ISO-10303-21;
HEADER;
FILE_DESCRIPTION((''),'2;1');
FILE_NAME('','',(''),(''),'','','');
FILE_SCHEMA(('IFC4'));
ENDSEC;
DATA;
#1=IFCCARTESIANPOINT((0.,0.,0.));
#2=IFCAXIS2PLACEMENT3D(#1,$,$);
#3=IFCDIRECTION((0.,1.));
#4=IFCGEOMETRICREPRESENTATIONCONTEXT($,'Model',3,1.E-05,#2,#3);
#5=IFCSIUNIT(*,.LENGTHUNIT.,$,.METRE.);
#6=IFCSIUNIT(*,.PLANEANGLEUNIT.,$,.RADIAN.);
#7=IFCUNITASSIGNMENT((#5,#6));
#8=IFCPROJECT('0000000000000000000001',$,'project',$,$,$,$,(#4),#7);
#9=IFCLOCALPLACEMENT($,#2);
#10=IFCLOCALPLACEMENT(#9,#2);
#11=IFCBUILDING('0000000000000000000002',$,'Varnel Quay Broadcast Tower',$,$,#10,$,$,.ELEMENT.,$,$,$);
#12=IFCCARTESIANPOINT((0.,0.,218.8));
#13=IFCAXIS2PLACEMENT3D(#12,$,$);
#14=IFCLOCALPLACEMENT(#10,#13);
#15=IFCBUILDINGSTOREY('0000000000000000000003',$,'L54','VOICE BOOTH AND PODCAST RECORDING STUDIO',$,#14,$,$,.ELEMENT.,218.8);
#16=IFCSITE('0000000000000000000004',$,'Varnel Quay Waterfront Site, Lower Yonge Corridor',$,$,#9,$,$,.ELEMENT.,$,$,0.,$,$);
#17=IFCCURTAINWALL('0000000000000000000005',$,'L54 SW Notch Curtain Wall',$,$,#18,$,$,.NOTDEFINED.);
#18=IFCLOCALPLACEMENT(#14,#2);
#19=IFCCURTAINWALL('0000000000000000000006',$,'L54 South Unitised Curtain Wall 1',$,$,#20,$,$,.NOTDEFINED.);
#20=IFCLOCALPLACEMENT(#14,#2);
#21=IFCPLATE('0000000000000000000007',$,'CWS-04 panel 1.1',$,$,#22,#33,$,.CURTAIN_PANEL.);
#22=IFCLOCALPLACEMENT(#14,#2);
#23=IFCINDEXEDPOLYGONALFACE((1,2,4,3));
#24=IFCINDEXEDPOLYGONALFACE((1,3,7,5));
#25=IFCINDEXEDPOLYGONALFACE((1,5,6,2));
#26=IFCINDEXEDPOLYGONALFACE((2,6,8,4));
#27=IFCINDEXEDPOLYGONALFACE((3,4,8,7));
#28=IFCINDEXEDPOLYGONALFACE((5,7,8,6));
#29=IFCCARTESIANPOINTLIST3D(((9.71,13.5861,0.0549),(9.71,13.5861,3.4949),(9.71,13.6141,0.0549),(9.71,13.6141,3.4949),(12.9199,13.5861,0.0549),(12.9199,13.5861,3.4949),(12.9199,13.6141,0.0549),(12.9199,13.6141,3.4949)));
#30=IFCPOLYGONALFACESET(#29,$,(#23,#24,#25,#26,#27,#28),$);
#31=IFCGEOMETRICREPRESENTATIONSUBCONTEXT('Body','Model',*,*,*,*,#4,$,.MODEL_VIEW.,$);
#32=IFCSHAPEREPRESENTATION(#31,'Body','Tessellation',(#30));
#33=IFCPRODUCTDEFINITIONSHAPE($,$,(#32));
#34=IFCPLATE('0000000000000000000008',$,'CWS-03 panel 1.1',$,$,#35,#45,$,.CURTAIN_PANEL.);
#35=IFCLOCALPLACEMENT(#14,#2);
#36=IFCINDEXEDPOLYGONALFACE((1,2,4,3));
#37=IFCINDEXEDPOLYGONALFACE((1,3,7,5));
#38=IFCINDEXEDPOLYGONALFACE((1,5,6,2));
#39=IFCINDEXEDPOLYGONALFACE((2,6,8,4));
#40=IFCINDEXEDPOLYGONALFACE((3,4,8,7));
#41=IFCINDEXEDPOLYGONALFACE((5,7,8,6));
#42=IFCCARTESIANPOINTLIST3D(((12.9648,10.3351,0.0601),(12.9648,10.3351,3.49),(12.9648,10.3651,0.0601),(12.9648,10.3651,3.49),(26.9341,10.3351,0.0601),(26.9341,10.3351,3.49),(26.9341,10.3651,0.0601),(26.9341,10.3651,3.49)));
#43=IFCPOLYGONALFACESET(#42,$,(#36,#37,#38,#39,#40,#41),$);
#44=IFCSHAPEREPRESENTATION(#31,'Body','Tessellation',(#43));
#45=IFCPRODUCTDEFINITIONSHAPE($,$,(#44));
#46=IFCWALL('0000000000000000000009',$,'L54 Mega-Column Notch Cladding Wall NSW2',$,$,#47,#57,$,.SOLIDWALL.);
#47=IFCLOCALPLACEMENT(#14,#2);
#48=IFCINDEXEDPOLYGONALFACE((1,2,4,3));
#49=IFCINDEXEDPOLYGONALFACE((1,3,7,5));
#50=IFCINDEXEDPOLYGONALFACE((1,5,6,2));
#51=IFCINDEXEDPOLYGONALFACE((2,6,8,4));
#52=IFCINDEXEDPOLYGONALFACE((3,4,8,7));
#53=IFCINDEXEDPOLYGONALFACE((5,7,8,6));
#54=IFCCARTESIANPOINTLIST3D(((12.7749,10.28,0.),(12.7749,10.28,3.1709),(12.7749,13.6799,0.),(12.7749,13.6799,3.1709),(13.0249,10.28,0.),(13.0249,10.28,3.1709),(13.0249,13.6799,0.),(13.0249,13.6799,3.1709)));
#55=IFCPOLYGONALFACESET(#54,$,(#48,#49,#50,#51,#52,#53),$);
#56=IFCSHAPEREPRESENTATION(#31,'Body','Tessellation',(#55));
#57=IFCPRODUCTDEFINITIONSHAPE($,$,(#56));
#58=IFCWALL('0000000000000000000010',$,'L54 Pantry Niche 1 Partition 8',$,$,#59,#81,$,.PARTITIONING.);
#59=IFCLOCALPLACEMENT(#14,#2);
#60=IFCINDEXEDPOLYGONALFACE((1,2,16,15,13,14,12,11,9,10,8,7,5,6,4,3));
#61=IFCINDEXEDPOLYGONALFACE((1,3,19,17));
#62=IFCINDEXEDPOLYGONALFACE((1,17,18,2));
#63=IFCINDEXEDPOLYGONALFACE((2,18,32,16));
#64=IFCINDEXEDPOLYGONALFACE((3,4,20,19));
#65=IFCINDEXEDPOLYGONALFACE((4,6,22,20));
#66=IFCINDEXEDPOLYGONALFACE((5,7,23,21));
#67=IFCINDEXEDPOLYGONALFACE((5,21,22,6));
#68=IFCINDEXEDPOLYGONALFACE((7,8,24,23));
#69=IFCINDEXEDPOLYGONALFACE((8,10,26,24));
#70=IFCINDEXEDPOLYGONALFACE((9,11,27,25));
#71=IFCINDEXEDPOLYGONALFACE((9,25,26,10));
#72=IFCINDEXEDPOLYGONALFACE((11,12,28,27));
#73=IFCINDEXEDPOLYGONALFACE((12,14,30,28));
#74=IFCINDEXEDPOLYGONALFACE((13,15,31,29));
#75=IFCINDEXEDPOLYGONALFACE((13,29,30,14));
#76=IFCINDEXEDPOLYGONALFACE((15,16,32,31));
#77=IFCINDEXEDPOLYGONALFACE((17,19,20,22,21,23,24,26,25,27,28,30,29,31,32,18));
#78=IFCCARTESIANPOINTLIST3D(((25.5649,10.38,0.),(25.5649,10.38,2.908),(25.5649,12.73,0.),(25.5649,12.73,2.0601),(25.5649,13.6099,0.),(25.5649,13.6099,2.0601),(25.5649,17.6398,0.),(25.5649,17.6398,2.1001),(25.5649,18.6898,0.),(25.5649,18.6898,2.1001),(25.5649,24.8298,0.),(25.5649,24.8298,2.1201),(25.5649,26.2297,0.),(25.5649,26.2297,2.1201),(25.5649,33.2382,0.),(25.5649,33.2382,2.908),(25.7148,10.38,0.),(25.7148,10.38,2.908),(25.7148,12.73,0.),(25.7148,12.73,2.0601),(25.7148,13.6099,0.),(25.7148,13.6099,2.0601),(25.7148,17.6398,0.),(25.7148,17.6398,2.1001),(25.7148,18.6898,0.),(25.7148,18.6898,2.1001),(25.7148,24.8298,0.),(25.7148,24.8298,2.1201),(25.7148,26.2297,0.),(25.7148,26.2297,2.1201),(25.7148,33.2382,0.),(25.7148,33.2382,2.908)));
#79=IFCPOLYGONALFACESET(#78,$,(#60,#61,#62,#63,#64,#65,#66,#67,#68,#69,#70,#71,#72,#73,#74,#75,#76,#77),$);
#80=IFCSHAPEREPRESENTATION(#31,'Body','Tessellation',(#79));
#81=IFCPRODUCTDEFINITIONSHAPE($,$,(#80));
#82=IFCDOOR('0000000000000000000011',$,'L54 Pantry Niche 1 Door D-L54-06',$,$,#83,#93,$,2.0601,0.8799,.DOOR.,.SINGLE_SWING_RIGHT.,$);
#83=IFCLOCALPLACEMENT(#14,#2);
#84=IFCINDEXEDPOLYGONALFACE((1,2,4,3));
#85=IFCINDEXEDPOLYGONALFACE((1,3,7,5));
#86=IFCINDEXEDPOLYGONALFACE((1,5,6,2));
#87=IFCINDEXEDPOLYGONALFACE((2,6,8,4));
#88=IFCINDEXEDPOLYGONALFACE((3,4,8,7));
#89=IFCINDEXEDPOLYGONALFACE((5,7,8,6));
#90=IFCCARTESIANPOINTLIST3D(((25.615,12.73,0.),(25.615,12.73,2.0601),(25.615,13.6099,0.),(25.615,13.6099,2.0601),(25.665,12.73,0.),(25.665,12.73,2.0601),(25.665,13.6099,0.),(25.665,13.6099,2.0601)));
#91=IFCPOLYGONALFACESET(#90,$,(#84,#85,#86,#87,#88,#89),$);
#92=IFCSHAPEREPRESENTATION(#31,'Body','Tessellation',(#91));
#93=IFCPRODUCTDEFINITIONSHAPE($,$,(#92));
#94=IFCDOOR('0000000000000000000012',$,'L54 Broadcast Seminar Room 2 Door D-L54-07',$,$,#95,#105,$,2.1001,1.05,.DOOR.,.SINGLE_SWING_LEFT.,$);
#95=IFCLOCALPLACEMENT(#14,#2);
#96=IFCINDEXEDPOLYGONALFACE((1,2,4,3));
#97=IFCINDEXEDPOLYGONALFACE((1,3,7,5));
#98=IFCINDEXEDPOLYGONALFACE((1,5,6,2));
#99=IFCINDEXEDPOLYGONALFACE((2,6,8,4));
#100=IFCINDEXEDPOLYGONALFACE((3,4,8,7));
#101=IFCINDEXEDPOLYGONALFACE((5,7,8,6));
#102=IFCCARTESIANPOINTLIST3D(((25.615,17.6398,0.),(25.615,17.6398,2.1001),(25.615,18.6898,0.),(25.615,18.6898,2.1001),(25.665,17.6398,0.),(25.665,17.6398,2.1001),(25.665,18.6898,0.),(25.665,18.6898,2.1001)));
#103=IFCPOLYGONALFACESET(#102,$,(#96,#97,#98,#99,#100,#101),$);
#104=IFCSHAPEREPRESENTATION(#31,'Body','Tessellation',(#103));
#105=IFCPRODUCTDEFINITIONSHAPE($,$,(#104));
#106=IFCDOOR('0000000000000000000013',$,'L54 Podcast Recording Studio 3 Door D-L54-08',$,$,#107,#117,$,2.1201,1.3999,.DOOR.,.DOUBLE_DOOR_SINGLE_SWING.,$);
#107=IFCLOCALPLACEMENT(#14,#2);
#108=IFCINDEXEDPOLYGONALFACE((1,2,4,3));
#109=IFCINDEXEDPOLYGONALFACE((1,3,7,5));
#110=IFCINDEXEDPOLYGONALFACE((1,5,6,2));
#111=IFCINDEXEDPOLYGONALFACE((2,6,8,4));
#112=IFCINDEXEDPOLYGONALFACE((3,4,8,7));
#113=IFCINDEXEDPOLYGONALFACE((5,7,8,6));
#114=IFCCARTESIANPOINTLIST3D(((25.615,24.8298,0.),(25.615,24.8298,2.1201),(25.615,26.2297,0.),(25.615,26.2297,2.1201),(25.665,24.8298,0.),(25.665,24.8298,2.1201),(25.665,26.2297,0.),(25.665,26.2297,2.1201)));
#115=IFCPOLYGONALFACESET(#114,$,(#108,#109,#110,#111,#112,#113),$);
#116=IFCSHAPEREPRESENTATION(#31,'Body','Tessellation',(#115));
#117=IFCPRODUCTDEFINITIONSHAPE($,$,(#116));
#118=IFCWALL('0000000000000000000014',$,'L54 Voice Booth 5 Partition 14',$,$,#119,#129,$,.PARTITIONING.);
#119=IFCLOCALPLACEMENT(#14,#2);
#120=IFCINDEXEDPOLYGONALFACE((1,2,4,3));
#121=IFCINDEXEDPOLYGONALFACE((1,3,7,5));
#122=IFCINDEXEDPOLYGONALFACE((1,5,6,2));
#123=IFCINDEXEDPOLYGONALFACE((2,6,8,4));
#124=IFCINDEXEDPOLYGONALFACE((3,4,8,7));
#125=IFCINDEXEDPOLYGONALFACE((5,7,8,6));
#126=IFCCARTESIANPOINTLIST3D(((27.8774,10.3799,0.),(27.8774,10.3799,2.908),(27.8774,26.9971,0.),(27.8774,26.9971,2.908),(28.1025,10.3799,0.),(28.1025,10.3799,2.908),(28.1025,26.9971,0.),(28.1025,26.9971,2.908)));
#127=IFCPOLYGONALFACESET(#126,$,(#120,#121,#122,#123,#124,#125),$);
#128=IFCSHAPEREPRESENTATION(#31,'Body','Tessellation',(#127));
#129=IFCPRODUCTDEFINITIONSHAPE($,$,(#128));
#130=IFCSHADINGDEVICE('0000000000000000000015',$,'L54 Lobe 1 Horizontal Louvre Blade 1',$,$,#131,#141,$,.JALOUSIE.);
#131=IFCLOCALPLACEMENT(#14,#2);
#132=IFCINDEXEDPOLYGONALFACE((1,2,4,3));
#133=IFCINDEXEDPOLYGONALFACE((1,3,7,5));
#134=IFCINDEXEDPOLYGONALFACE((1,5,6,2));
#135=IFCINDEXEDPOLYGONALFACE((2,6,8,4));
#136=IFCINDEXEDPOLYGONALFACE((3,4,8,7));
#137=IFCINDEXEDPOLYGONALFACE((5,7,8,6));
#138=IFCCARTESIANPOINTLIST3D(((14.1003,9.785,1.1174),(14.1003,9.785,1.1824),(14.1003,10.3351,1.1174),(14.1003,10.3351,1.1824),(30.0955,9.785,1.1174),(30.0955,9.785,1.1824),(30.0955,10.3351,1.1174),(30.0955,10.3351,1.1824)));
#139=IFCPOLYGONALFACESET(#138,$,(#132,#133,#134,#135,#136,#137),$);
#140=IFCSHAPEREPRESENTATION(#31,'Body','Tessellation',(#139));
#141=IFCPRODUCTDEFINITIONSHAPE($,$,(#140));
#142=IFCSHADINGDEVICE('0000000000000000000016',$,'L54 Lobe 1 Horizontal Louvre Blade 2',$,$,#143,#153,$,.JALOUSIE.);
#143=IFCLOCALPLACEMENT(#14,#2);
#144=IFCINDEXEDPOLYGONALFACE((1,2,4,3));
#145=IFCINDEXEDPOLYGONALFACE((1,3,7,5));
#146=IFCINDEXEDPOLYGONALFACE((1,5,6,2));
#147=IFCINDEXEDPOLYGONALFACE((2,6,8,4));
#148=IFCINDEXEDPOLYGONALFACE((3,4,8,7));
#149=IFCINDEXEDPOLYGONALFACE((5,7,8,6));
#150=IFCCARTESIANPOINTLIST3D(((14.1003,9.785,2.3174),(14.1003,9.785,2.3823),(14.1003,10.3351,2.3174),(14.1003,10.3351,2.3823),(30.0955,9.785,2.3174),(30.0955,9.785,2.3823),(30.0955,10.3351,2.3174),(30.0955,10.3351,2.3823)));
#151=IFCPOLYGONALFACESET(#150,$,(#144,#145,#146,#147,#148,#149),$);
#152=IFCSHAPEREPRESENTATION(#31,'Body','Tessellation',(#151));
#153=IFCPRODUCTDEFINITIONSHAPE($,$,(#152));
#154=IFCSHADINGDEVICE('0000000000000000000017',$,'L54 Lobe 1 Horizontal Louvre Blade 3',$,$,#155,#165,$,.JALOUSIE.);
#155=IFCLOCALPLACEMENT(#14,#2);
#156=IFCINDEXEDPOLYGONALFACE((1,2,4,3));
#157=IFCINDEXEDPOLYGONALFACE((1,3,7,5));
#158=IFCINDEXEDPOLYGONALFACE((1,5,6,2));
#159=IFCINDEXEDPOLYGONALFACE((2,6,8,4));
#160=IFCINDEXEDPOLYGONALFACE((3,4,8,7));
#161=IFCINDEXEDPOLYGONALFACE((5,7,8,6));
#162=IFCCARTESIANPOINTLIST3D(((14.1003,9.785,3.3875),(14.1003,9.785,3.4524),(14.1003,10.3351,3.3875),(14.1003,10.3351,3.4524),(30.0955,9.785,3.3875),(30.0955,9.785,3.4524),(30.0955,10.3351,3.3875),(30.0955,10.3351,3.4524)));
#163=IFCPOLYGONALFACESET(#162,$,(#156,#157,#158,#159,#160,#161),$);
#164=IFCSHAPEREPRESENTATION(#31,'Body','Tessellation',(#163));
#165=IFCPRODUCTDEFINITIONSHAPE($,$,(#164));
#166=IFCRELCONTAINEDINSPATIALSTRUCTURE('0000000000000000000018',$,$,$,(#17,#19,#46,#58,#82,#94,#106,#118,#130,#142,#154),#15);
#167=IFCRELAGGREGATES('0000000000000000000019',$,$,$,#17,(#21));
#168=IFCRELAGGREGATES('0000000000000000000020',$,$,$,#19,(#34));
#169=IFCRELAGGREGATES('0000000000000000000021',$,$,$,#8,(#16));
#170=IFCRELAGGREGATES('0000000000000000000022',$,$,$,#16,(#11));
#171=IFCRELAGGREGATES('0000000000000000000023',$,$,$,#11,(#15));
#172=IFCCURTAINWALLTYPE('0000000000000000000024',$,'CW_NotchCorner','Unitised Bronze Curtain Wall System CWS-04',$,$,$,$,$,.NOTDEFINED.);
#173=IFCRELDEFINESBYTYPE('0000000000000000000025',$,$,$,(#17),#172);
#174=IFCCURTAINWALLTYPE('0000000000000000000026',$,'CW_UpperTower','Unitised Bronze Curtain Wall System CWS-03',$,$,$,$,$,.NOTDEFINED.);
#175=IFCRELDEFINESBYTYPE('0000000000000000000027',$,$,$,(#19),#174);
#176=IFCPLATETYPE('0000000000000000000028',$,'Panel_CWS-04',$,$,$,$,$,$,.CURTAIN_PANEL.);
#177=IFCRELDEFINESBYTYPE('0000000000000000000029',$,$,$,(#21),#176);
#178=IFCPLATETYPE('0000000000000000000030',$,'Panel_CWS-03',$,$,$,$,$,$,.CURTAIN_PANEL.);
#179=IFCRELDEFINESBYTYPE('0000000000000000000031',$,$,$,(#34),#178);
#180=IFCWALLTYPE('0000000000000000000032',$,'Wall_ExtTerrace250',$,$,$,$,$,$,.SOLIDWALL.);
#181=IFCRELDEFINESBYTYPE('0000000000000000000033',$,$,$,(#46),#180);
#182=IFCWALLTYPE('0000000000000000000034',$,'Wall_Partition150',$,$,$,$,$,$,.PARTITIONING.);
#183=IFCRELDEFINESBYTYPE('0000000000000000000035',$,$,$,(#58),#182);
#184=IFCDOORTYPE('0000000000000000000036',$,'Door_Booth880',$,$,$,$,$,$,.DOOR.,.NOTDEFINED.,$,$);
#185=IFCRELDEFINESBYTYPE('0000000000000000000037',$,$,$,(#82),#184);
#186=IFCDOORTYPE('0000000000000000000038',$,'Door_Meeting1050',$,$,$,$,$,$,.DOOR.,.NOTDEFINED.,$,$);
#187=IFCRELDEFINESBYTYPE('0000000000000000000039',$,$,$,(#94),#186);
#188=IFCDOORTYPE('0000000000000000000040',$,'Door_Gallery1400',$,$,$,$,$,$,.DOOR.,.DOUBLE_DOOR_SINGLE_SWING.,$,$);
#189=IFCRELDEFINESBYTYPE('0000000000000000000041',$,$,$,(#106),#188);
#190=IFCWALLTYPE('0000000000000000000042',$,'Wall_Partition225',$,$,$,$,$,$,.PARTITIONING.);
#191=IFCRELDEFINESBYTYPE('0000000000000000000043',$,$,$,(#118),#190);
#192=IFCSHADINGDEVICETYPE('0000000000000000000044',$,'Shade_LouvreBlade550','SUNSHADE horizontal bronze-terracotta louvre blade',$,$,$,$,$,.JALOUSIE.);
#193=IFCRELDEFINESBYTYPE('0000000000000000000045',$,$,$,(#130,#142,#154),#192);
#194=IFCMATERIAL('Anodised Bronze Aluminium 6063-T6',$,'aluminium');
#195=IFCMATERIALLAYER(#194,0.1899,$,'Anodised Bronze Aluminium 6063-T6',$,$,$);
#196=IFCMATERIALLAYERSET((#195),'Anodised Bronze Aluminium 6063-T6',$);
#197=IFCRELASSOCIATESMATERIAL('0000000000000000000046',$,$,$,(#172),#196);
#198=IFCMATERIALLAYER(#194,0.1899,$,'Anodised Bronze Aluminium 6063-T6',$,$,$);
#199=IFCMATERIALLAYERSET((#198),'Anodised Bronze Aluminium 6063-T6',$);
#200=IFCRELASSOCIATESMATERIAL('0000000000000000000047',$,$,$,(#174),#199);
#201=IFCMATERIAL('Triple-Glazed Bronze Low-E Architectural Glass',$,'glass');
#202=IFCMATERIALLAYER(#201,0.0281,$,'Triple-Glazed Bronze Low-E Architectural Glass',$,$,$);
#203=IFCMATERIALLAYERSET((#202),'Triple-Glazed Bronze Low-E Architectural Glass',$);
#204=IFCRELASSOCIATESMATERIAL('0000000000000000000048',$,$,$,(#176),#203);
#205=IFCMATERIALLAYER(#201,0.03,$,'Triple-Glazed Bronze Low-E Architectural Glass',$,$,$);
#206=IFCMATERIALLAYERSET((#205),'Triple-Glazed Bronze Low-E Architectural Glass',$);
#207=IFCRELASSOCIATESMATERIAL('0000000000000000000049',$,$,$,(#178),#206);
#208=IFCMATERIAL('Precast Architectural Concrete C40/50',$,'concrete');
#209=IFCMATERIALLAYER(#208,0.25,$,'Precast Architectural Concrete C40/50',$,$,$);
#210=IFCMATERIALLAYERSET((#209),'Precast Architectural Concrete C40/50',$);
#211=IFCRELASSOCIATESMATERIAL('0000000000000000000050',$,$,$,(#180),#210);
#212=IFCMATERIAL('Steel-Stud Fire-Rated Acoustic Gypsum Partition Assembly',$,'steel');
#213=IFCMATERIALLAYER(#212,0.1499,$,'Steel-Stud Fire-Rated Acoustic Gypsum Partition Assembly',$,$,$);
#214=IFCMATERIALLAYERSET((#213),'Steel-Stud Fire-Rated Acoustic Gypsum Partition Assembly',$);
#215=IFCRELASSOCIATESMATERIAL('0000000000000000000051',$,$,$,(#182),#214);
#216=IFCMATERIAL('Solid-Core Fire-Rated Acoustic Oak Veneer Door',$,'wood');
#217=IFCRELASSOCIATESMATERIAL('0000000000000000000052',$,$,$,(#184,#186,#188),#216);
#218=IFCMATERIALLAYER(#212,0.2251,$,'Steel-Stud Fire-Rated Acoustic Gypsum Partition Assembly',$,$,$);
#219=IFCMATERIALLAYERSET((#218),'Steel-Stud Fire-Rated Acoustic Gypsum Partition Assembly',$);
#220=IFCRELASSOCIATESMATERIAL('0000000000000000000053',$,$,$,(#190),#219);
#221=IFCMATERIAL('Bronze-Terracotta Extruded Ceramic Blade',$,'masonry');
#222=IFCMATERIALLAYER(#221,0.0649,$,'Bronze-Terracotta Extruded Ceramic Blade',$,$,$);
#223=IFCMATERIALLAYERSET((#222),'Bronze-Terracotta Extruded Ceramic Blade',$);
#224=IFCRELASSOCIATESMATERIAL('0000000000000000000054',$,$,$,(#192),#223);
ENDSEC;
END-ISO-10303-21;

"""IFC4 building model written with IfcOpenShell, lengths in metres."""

from ifc_helpers import new_model, si_unit, direction, frame, frame_2d, origin, origin_2d, place, context, subcontext, project, spatial, rectangle, extrude, source, transform, mapped, material, layer, layer_set, type_object, type_shapes, element, fill, aggregate, save


model = new_model("IFC4")

# Units and contexts
model_context = context("Model", 3, precision=1e-05, world=origin(), true_north=direction((0.0, 1.0)))
body_context = subcontext(model_context, "Body", "Model", "MODEL_VIEW")
ifc_project = project(units=[si_unit("LENGTHUNIT", "METRE"), si_unit("PLANEANGLEUNIT", "RADIAN")], contexts=[model_context])

# Site, building, storey
site_placement = place(None, origin())
site = spatial("IfcSite", under=ifc_project, at=site_placement, Name="Varnel Quay Waterfront Site, Lower Yonge Corridor", CompositionType="ELEMENT", RefElevation=0.0)
building_placement = place(site_placement, origin())
building = spatial("IfcBuilding", under=site, at=building_placement, Name="Varnel Quay Broadcast Tower", CompositionType="ELEMENT")
storey_placement = place(building_placement, frame((0.0, 0.0, 218.8)))
storey = spatial("IfcBuildingStorey", under=building, at=storey_placement, Name="L54", Description="VOICE BOOTH AND PODCAST RECORDING STUDIO", CompositionType="ELEMENT", Elevation=218.8)

# Curtain wall
ifc_material_1 = material(Name="Anodised Bronze Aluminium 6063-T6", Category="aluminium")
ifc_layer_1 = layer(ifc_material_1, 0.1899, Name="Anodised Bronze Aluminium 6063-T6")
ifc_layer_set_1 = layer_set([ifc_layer_1], Name="Anodised Bronze Aluminium 6063-T6")
curtain_wall_type_1 = type_object("IfcCurtainWallType", Name="CW_NotchCorner", Description="Unitised Bronze Curtain Wall System CWS-04", PredefinedType="NOTDEFINED", material=ifc_layer_set_1)
curtain_wall_1_placement = place(storey_placement, origin())
curtain_wall_1 = element("IfcCurtainWall", 1, at=curtain_wall_1_placement, inside=storey, type_object=curtain_wall_type_1, Name="L54 SW Notch Curtain Wall", PredefinedType="NOTDEFINED")

# Curtain wall
ifc_layer_2 = layer(ifc_material_1, 0.1899, Name="Anodised Bronze Aluminium 6063-T6")
ifc_layer_set_2 = layer_set([ifc_layer_2], Name="Anodised Bronze Aluminium 6063-T6")
curtain_wall_type_2 = type_object("IfcCurtainWallType", Name="CW_UpperTower", Description="Unitised Bronze Curtain Wall System CWS-03", PredefinedType="NOTDEFINED", material=ifc_layer_set_2)
curtain_wall_2_placement = place(storey_placement, origin())
curtain_wall_2 = element("IfcCurtainWall", 2, at=curtain_wall_2_placement, inside=storey, type_object=curtain_wall_type_2, Name="L54 South Unitised Curtain Wall 1", PredefinedType="NOTDEFINED")

# Plates
ifc_material_2 = material(Name="Triple-Glazed Bronze Low-E Architectural Glass", Category="glass")
ifc_layer_3 = layer(ifc_material_2, 0.0281, Name="Triple-Glazed Bronze Low-E Architectural Glass")
ifc_layer_set_3 = layer_set([ifc_layer_3], Name="Triple-Glazed Bronze Low-E Architectural Glass")
plate_type_1 = type_object("IfcPlateType", Name="Panel_CWS-04", PredefinedType="CURTAIN_PANEL", material=ifc_layer_set_3)
shared_shape_1 = source(origin(), body_context, "Body", "SweptSolid", [
    extrude(rectangle(XDim=3.21, YDim=0.0281, at=origin_2d()), origin(), (0.0, 0.0, 1.0), 3.4399),
])
type_shapes(plate_type_1, [shared_shape_1])
plate_1_placement = place(storey_placement, frame((11.3149, 13.6001, 0.0549), z_axis=(0.0, 0.0, 1.0), x_axis=(1.0, 0.0, 0.0)))
plate_1 = element("IfcPlate", 3, at=plate_1_placement, type_object=plate_type_1, Name="CWS-04 panel 1.1", PredefinedType="CURTAIN_PANEL", context=body_context, shape_type="MappedRepresentation", body=[
    mapped(shared_shape_1, transform((0.0, 0.0, 0.0), x_axis=(1.0, 0.0, 0.0), y_axis=(0.0, 1.0, 0.0), z_axis=(0.0, 0.0, 1.0), scale=1.0)),
])
aggregate(curtain_wall_1, [plate_1])
ifc_layer_4 = layer(ifc_material_2, 0.03, Name="Triple-Glazed Bronze Low-E Architectural Glass")
ifc_layer_set_4 = layer_set([ifc_layer_4], Name="Triple-Glazed Bronze Low-E Architectural Glass")
plate_type_2 = type_object("IfcPlateType", Name="Panel_CWS-03", PredefinedType="CURTAIN_PANEL", material=ifc_layer_set_4)
shared_shape_2 = source(origin(), body_context, "Body", "SweptSolid", [
    extrude(rectangle(XDim=13.9692, YDim=0.03, at=origin_2d()), origin(), (0.0, 0.0, 1.0), 3.4299),
])
type_shapes(plate_type_2, [shared_shape_2])
plate_2_placement = place(storey_placement, frame((19.9495, 10.3501, 0.0601), z_axis=(0.0, 0.0, 1.0), x_axis=(1.0, 0.0, 0.0)))
plate_2 = element("IfcPlate", 4, at=plate_2_placement, type_object=plate_type_2, Name="CWS-03 panel 1.1", PredefinedType="CURTAIN_PANEL", context=body_context, shape_type="MappedRepresentation", body=[
    mapped(shared_shape_2, transform((0.0, 0.0, 0.0), x_axis=(1.0, 0.0, 0.0), y_axis=(0.0, 1.0, 0.0), z_axis=(0.0, 0.0, 1.0), scale=1.0)),
])
aggregate(curtain_wall_2, [plate_2])

# Wall
ifc_material_3 = material(Name="Precast Architectural Concrete C40/50", Category="concrete")
ifc_layer_5 = layer(ifc_material_3, 0.25, Name="Precast Architectural Concrete C40/50")
ifc_layer_set_5 = layer_set([ifc_layer_5], Name="Precast Architectural Concrete C40/50")
wall_type_1 = type_object("IfcWallType", Name="Wall_ExtTerrace250", PredefinedType="SOLIDWALL", material=ifc_layer_set_5)
wall_1_placement = place(storey_placement, frame((12.8999, 10.28, 0.0), z_axis=(0.0, 0.0, 1.0), x_axis=(0.0, 1.0, 0.0)))
element("IfcWall", 5, at=wall_1_placement, inside=storey, type_object=wall_type_1, Name="L54 Mega-Column Notch Cladding Wall NSW2", PredefinedType="SOLIDWALL", context=body_context, shape_type="SweptSolid", body=[
    extrude(rectangle(XDim=3.3999, YDim=0.25, at=frame_2d((1.7, 0.0))), origin(), (0.0, 0.0, 1.0), 3.1709),
])

# Wall, openings, doors
ifc_material_4 = material(Name="Steel-Stud Fire-Rated Acoustic Gypsum Partition Assembly", Category="steel")
ifc_layer_6 = layer(ifc_material_4, 0.1499, Name="Steel-Stud Fire-Rated Acoustic Gypsum Partition Assembly")
ifc_layer_set_6 = layer_set([ifc_layer_6], Name="Steel-Stud Fire-Rated Acoustic Gypsum Partition Assembly")
wall_type_2 = type_object("IfcWallType", Name="Wall_Partition150", PredefinedType="PARTITIONING", material=ifc_layer_set_6)
wall_2_placement = place(storey_placement, frame((25.6399, 10.3799, 0.0), z_axis=(0.0, 0.0, 1.0), x_axis=(0.0, 1.0, 0.0)))
wall_2 = element("IfcWall", 6, at=wall_2_placement, inside=storey, type_object=wall_type_2, Name="L54 Pantry Niche 1 Partition 8", PredefinedType="PARTITIONING", context=body_context, shape_type="SweptSolid", body=[
    extrude(rectangle(XDim=22.8582, YDim=0.1499, at=frame_2d((11.4292, 0.0))), origin(), (0.0, 0.0, 1.0), 2.908),
])
opening_1_placement = place(wall_2_placement, frame((2.3501, 0.0, 0.0)))
opening_1 = element("IfcOpeningElement", 7, at=opening_1_placement, cuts=wall_2, PredefinedType="OPENING", context=body_context, shape_type="SweptSolid", body=[
    extrude(rectangle(XDim=0.8799, YDim=2.0601, at=frame_2d((0.4399, 1.03))), frame((0.0, 0.085, 0.0), z_axis=(0.0, -1.0, 0.0), x_axis=(1.0, 0.0, 0.0)), (0.0, 0.0, 1.0), 0.1699),
])
opening_2_placement = place(wall_2_placement, frame((7.26, 0.0, 0.0)))
opening_2 = element("IfcOpeningElement", 8, at=opening_2_placement, cuts=wall_2, PredefinedType="OPENING", context=body_context, shape_type="SweptSolid", body=[
    extrude(rectangle(XDim=1.05, YDim=2.1001, at=frame_2d((0.5249, 1.05))), frame((0.0, 0.085, 0.0), z_axis=(0.0, -1.0, 0.0), x_axis=(1.0, 0.0, 0.0)), (0.0, 0.0, 1.0), 0.1699),
])
opening_3_placement = place(wall_2_placement, frame((14.45, 0.0, 0.0)))
opening_3 = element("IfcOpeningElement", 9, at=opening_3_placement, cuts=wall_2, PredefinedType="OPENING", context=body_context, shape_type="SweptSolid", body=[
    extrude(rectangle(XDim=1.3999, YDim=2.1201, at=frame_2d((0.7, 1.0601))), frame((0.0, 0.085, 0.0), z_axis=(0.0, -1.0, 0.0), x_axis=(1.0, 0.0, 0.0)), (0.0, 0.0, 1.0), 0.1699),
])
ifc_material_5 = material(Name="Solid-Core Fire-Rated Acoustic Oak Veneer Door", Category="wood")
door_type_1 = type_object("IfcDoorType", Name="Door_Booth880", OperationType="NOTDEFINED", PredefinedType="DOOR", material=ifc_material_5)
shared_shape_3 = source(origin(), body_context, "Body", "SweptSolid", [
    extrude(rectangle(XDim=0.8799, YDim=2.0601, at=frame_2d((0.4399, 1.03))), frame((0.0, 0.0249, 0.0), z_axis=(0.0, -1.0, 0.0), x_axis=(1.0, 0.0, 0.0)), (0.0, 0.0, 1.0), 0.05),
])
type_shapes(door_type_1, [shared_shape_3])
door_1_placement = place(opening_1_placement, origin())
door_1 = element("IfcDoor", 10, at=door_1_placement, inside=storey, type_object=door_type_1, Name="L54 Pantry Niche 1 Door D-L54-06", OperationType="SINGLE_SWING_RIGHT", OverallHeight=2.0601, OverallWidth=0.8799, PredefinedType="DOOR", context=body_context, shape_type="MappedRepresentation", body=[
    mapped(shared_shape_3, transform((0.0, 0.0, 0.0), x_axis=(1.0, 0.0, 0.0), y_axis=(0.0, 1.0, 0.0), z_axis=(0.0, 0.0, 1.0), scale=1.0)),
])
fill(opening_1, door_1)
door_type_2 = type_object("IfcDoorType", Name="Door_Meeting1050", OperationType="NOTDEFINED", PredefinedType="DOOR", material=ifc_material_5)
shared_shape_4 = source(origin(), body_context, "Body", "SweptSolid", [
    extrude(rectangle(XDim=1.05, YDim=2.1001, at=frame_2d((0.5249, 1.05))), frame((0.0, 0.0249, 0.0), z_axis=(0.0, -1.0, 0.0), x_axis=(1.0, 0.0, 0.0)), (0.0, 0.0, 1.0), 0.05),
])
type_shapes(door_type_2, [shared_shape_4])
door_2_placement = place(opening_2_placement, origin())
door_2 = element("IfcDoor", 11, at=door_2_placement, inside=storey, type_object=door_type_2, Name="L54 Broadcast Seminar Room 2 Door D-L54-07", OperationType="SINGLE_SWING_LEFT", OverallHeight=2.1001, OverallWidth=1.05, PredefinedType="DOOR", context=body_context, shape_type="MappedRepresentation", body=[
    mapped(shared_shape_4, transform((0.0, 0.0, 0.0), x_axis=(1.0, 0.0, 0.0), y_axis=(0.0, 1.0, 0.0), z_axis=(0.0, 0.0, 1.0), scale=1.0)),
])
fill(opening_2, door_2)
door_type_3 = type_object("IfcDoorType", Name="Door_Gallery1400", OperationType="DOUBLE_DOOR_SINGLE_SWING", PredefinedType="DOOR", material=ifc_material_5)
shared_shape_5 = source(origin(), body_context, "Body", "SweptSolid", [
    extrude(rectangle(XDim=1.3999, YDim=2.1201, at=frame_2d((0.7, 1.0601))), frame((0.0, 0.0249, 0.0), z_axis=(0.0, -1.0, 0.0), x_axis=(1.0, 0.0, 0.0)), (0.0, 0.0, 1.0), 0.05),
])
type_shapes(door_type_3, [shared_shape_5])
door_3_placement = place(opening_3_placement, origin())
door_3 = element("IfcDoor", 12, at=door_3_placement, inside=storey, type_object=door_type_3, Name="L54 Podcast Recording Studio 3 Door D-L54-08", OperationType="DOUBLE_DOOR_SINGLE_SWING", OverallHeight=2.1201, OverallWidth=1.3999, PredefinedType="DOOR", context=body_context, shape_type="MappedRepresentation", body=[
    mapped(shared_shape_5, transform((0.0, 0.0, 0.0), x_axis=(1.0, 0.0, 0.0), y_axis=(0.0, 1.0, 0.0), z_axis=(0.0, 0.0, 1.0), scale=1.0)),
])
fill(opening_3, door_3)

# Wall
ifc_layer_7 = layer(ifc_material_4, 0.2251, Name="Steel-Stud Fire-Rated Acoustic Gypsum Partition Assembly")
ifc_layer_set_7 = layer_set([ifc_layer_7], Name="Steel-Stud Fire-Rated Acoustic Gypsum Partition Assembly")
wall_type_3 = type_object("IfcWallType", Name="Wall_Partition225", PredefinedType="PARTITIONING", material=ifc_layer_set_7)
wall_3_placement = place(storey_placement, frame((27.99, 10.3799, 0.0), z_axis=(0.0, 0.0, 1.0), x_axis=(0.0, 1.0, 0.0)))
element("IfcWall", 13, at=wall_3_placement, inside=storey, type_object=wall_type_3, Name="L54 Voice Booth 5 Partition 14", PredefinedType="PARTITIONING", context=body_context, shape_type="SweptSolid", body=[
    extrude(rectangle(XDim=16.6172, YDim=0.2251, at=frame_2d((8.3086, 0.0))), origin(), (0.0, 0.0, 1.0), 2.908),
])

# Shading devices
ifc_material_6 = material(Name="Bronze-Terracotta Extruded Ceramic Blade", Category="masonry")
ifc_layer_8 = layer(ifc_material_6, 0.0649, Name="Bronze-Terracotta Extruded Ceramic Blade")
ifc_layer_set_8 = layer_set([ifc_layer_8], Name="Bronze-Terracotta Extruded Ceramic Blade")
shading_device_type = type_object("IfcShadingDeviceType", Name="Shade_LouvreBlade550", Description="SUNSHADE horizontal bronze-terracotta louvre blade", PredefinedType="JALOUSIE", material=ifc_layer_set_8)
shared_shape_6 = source(origin(), body_context, "Body", "SweptSolid", [
    extrude(rectangle(XDim=15.9951, YDim=0.55, at=origin_2d()), origin(), (0.0, 0.0, 1.0), 0.0649),
])
type_shapes(shading_device_type, [shared_shape_6])
for number, where, z_axis, x_axis, name in (
    (14, (22.0979, 10.0601, 1.1174), (0.0, 0.0, 1.0), (1.0, 0.0, 0.0), "L54 Lobe 1 Horizontal Louvre Blade 1"),
    (15, (22.0979, 10.0601, 2.3174), (0.0, 0.0, 1.0), (1.0, 0.0, 0.0), "L54 Lobe 1 Horizontal Louvre Blade 2"),
    (16, (22.0979, 10.0601, 3.3875), (0.0, 0.0, 1.0), (1.0, 0.0, 0.0), "L54 Lobe 1 Horizontal Louvre Blade 3"),
):
    element("IfcShadingDevice", number, at=place(storey_placement, frame(where, z_axis=z_axis, x_axis=x_axis)), inside=storey, type_object=shading_device_type, Name=name, PredefinedType="JALOUSIE", context=body_context, shape_type="MappedRepresentation", body=[
        mapped(shared_shape_6, transform((0.0, 0.0, 0.0), x_axis=(1.0, 0.0, 0.0), y_axis=(0.0, 1.0, 0.0), z_axis=(0.0, 0.0, 1.0), scale=1.0)),
    ])

save(model, "model.ifc")
